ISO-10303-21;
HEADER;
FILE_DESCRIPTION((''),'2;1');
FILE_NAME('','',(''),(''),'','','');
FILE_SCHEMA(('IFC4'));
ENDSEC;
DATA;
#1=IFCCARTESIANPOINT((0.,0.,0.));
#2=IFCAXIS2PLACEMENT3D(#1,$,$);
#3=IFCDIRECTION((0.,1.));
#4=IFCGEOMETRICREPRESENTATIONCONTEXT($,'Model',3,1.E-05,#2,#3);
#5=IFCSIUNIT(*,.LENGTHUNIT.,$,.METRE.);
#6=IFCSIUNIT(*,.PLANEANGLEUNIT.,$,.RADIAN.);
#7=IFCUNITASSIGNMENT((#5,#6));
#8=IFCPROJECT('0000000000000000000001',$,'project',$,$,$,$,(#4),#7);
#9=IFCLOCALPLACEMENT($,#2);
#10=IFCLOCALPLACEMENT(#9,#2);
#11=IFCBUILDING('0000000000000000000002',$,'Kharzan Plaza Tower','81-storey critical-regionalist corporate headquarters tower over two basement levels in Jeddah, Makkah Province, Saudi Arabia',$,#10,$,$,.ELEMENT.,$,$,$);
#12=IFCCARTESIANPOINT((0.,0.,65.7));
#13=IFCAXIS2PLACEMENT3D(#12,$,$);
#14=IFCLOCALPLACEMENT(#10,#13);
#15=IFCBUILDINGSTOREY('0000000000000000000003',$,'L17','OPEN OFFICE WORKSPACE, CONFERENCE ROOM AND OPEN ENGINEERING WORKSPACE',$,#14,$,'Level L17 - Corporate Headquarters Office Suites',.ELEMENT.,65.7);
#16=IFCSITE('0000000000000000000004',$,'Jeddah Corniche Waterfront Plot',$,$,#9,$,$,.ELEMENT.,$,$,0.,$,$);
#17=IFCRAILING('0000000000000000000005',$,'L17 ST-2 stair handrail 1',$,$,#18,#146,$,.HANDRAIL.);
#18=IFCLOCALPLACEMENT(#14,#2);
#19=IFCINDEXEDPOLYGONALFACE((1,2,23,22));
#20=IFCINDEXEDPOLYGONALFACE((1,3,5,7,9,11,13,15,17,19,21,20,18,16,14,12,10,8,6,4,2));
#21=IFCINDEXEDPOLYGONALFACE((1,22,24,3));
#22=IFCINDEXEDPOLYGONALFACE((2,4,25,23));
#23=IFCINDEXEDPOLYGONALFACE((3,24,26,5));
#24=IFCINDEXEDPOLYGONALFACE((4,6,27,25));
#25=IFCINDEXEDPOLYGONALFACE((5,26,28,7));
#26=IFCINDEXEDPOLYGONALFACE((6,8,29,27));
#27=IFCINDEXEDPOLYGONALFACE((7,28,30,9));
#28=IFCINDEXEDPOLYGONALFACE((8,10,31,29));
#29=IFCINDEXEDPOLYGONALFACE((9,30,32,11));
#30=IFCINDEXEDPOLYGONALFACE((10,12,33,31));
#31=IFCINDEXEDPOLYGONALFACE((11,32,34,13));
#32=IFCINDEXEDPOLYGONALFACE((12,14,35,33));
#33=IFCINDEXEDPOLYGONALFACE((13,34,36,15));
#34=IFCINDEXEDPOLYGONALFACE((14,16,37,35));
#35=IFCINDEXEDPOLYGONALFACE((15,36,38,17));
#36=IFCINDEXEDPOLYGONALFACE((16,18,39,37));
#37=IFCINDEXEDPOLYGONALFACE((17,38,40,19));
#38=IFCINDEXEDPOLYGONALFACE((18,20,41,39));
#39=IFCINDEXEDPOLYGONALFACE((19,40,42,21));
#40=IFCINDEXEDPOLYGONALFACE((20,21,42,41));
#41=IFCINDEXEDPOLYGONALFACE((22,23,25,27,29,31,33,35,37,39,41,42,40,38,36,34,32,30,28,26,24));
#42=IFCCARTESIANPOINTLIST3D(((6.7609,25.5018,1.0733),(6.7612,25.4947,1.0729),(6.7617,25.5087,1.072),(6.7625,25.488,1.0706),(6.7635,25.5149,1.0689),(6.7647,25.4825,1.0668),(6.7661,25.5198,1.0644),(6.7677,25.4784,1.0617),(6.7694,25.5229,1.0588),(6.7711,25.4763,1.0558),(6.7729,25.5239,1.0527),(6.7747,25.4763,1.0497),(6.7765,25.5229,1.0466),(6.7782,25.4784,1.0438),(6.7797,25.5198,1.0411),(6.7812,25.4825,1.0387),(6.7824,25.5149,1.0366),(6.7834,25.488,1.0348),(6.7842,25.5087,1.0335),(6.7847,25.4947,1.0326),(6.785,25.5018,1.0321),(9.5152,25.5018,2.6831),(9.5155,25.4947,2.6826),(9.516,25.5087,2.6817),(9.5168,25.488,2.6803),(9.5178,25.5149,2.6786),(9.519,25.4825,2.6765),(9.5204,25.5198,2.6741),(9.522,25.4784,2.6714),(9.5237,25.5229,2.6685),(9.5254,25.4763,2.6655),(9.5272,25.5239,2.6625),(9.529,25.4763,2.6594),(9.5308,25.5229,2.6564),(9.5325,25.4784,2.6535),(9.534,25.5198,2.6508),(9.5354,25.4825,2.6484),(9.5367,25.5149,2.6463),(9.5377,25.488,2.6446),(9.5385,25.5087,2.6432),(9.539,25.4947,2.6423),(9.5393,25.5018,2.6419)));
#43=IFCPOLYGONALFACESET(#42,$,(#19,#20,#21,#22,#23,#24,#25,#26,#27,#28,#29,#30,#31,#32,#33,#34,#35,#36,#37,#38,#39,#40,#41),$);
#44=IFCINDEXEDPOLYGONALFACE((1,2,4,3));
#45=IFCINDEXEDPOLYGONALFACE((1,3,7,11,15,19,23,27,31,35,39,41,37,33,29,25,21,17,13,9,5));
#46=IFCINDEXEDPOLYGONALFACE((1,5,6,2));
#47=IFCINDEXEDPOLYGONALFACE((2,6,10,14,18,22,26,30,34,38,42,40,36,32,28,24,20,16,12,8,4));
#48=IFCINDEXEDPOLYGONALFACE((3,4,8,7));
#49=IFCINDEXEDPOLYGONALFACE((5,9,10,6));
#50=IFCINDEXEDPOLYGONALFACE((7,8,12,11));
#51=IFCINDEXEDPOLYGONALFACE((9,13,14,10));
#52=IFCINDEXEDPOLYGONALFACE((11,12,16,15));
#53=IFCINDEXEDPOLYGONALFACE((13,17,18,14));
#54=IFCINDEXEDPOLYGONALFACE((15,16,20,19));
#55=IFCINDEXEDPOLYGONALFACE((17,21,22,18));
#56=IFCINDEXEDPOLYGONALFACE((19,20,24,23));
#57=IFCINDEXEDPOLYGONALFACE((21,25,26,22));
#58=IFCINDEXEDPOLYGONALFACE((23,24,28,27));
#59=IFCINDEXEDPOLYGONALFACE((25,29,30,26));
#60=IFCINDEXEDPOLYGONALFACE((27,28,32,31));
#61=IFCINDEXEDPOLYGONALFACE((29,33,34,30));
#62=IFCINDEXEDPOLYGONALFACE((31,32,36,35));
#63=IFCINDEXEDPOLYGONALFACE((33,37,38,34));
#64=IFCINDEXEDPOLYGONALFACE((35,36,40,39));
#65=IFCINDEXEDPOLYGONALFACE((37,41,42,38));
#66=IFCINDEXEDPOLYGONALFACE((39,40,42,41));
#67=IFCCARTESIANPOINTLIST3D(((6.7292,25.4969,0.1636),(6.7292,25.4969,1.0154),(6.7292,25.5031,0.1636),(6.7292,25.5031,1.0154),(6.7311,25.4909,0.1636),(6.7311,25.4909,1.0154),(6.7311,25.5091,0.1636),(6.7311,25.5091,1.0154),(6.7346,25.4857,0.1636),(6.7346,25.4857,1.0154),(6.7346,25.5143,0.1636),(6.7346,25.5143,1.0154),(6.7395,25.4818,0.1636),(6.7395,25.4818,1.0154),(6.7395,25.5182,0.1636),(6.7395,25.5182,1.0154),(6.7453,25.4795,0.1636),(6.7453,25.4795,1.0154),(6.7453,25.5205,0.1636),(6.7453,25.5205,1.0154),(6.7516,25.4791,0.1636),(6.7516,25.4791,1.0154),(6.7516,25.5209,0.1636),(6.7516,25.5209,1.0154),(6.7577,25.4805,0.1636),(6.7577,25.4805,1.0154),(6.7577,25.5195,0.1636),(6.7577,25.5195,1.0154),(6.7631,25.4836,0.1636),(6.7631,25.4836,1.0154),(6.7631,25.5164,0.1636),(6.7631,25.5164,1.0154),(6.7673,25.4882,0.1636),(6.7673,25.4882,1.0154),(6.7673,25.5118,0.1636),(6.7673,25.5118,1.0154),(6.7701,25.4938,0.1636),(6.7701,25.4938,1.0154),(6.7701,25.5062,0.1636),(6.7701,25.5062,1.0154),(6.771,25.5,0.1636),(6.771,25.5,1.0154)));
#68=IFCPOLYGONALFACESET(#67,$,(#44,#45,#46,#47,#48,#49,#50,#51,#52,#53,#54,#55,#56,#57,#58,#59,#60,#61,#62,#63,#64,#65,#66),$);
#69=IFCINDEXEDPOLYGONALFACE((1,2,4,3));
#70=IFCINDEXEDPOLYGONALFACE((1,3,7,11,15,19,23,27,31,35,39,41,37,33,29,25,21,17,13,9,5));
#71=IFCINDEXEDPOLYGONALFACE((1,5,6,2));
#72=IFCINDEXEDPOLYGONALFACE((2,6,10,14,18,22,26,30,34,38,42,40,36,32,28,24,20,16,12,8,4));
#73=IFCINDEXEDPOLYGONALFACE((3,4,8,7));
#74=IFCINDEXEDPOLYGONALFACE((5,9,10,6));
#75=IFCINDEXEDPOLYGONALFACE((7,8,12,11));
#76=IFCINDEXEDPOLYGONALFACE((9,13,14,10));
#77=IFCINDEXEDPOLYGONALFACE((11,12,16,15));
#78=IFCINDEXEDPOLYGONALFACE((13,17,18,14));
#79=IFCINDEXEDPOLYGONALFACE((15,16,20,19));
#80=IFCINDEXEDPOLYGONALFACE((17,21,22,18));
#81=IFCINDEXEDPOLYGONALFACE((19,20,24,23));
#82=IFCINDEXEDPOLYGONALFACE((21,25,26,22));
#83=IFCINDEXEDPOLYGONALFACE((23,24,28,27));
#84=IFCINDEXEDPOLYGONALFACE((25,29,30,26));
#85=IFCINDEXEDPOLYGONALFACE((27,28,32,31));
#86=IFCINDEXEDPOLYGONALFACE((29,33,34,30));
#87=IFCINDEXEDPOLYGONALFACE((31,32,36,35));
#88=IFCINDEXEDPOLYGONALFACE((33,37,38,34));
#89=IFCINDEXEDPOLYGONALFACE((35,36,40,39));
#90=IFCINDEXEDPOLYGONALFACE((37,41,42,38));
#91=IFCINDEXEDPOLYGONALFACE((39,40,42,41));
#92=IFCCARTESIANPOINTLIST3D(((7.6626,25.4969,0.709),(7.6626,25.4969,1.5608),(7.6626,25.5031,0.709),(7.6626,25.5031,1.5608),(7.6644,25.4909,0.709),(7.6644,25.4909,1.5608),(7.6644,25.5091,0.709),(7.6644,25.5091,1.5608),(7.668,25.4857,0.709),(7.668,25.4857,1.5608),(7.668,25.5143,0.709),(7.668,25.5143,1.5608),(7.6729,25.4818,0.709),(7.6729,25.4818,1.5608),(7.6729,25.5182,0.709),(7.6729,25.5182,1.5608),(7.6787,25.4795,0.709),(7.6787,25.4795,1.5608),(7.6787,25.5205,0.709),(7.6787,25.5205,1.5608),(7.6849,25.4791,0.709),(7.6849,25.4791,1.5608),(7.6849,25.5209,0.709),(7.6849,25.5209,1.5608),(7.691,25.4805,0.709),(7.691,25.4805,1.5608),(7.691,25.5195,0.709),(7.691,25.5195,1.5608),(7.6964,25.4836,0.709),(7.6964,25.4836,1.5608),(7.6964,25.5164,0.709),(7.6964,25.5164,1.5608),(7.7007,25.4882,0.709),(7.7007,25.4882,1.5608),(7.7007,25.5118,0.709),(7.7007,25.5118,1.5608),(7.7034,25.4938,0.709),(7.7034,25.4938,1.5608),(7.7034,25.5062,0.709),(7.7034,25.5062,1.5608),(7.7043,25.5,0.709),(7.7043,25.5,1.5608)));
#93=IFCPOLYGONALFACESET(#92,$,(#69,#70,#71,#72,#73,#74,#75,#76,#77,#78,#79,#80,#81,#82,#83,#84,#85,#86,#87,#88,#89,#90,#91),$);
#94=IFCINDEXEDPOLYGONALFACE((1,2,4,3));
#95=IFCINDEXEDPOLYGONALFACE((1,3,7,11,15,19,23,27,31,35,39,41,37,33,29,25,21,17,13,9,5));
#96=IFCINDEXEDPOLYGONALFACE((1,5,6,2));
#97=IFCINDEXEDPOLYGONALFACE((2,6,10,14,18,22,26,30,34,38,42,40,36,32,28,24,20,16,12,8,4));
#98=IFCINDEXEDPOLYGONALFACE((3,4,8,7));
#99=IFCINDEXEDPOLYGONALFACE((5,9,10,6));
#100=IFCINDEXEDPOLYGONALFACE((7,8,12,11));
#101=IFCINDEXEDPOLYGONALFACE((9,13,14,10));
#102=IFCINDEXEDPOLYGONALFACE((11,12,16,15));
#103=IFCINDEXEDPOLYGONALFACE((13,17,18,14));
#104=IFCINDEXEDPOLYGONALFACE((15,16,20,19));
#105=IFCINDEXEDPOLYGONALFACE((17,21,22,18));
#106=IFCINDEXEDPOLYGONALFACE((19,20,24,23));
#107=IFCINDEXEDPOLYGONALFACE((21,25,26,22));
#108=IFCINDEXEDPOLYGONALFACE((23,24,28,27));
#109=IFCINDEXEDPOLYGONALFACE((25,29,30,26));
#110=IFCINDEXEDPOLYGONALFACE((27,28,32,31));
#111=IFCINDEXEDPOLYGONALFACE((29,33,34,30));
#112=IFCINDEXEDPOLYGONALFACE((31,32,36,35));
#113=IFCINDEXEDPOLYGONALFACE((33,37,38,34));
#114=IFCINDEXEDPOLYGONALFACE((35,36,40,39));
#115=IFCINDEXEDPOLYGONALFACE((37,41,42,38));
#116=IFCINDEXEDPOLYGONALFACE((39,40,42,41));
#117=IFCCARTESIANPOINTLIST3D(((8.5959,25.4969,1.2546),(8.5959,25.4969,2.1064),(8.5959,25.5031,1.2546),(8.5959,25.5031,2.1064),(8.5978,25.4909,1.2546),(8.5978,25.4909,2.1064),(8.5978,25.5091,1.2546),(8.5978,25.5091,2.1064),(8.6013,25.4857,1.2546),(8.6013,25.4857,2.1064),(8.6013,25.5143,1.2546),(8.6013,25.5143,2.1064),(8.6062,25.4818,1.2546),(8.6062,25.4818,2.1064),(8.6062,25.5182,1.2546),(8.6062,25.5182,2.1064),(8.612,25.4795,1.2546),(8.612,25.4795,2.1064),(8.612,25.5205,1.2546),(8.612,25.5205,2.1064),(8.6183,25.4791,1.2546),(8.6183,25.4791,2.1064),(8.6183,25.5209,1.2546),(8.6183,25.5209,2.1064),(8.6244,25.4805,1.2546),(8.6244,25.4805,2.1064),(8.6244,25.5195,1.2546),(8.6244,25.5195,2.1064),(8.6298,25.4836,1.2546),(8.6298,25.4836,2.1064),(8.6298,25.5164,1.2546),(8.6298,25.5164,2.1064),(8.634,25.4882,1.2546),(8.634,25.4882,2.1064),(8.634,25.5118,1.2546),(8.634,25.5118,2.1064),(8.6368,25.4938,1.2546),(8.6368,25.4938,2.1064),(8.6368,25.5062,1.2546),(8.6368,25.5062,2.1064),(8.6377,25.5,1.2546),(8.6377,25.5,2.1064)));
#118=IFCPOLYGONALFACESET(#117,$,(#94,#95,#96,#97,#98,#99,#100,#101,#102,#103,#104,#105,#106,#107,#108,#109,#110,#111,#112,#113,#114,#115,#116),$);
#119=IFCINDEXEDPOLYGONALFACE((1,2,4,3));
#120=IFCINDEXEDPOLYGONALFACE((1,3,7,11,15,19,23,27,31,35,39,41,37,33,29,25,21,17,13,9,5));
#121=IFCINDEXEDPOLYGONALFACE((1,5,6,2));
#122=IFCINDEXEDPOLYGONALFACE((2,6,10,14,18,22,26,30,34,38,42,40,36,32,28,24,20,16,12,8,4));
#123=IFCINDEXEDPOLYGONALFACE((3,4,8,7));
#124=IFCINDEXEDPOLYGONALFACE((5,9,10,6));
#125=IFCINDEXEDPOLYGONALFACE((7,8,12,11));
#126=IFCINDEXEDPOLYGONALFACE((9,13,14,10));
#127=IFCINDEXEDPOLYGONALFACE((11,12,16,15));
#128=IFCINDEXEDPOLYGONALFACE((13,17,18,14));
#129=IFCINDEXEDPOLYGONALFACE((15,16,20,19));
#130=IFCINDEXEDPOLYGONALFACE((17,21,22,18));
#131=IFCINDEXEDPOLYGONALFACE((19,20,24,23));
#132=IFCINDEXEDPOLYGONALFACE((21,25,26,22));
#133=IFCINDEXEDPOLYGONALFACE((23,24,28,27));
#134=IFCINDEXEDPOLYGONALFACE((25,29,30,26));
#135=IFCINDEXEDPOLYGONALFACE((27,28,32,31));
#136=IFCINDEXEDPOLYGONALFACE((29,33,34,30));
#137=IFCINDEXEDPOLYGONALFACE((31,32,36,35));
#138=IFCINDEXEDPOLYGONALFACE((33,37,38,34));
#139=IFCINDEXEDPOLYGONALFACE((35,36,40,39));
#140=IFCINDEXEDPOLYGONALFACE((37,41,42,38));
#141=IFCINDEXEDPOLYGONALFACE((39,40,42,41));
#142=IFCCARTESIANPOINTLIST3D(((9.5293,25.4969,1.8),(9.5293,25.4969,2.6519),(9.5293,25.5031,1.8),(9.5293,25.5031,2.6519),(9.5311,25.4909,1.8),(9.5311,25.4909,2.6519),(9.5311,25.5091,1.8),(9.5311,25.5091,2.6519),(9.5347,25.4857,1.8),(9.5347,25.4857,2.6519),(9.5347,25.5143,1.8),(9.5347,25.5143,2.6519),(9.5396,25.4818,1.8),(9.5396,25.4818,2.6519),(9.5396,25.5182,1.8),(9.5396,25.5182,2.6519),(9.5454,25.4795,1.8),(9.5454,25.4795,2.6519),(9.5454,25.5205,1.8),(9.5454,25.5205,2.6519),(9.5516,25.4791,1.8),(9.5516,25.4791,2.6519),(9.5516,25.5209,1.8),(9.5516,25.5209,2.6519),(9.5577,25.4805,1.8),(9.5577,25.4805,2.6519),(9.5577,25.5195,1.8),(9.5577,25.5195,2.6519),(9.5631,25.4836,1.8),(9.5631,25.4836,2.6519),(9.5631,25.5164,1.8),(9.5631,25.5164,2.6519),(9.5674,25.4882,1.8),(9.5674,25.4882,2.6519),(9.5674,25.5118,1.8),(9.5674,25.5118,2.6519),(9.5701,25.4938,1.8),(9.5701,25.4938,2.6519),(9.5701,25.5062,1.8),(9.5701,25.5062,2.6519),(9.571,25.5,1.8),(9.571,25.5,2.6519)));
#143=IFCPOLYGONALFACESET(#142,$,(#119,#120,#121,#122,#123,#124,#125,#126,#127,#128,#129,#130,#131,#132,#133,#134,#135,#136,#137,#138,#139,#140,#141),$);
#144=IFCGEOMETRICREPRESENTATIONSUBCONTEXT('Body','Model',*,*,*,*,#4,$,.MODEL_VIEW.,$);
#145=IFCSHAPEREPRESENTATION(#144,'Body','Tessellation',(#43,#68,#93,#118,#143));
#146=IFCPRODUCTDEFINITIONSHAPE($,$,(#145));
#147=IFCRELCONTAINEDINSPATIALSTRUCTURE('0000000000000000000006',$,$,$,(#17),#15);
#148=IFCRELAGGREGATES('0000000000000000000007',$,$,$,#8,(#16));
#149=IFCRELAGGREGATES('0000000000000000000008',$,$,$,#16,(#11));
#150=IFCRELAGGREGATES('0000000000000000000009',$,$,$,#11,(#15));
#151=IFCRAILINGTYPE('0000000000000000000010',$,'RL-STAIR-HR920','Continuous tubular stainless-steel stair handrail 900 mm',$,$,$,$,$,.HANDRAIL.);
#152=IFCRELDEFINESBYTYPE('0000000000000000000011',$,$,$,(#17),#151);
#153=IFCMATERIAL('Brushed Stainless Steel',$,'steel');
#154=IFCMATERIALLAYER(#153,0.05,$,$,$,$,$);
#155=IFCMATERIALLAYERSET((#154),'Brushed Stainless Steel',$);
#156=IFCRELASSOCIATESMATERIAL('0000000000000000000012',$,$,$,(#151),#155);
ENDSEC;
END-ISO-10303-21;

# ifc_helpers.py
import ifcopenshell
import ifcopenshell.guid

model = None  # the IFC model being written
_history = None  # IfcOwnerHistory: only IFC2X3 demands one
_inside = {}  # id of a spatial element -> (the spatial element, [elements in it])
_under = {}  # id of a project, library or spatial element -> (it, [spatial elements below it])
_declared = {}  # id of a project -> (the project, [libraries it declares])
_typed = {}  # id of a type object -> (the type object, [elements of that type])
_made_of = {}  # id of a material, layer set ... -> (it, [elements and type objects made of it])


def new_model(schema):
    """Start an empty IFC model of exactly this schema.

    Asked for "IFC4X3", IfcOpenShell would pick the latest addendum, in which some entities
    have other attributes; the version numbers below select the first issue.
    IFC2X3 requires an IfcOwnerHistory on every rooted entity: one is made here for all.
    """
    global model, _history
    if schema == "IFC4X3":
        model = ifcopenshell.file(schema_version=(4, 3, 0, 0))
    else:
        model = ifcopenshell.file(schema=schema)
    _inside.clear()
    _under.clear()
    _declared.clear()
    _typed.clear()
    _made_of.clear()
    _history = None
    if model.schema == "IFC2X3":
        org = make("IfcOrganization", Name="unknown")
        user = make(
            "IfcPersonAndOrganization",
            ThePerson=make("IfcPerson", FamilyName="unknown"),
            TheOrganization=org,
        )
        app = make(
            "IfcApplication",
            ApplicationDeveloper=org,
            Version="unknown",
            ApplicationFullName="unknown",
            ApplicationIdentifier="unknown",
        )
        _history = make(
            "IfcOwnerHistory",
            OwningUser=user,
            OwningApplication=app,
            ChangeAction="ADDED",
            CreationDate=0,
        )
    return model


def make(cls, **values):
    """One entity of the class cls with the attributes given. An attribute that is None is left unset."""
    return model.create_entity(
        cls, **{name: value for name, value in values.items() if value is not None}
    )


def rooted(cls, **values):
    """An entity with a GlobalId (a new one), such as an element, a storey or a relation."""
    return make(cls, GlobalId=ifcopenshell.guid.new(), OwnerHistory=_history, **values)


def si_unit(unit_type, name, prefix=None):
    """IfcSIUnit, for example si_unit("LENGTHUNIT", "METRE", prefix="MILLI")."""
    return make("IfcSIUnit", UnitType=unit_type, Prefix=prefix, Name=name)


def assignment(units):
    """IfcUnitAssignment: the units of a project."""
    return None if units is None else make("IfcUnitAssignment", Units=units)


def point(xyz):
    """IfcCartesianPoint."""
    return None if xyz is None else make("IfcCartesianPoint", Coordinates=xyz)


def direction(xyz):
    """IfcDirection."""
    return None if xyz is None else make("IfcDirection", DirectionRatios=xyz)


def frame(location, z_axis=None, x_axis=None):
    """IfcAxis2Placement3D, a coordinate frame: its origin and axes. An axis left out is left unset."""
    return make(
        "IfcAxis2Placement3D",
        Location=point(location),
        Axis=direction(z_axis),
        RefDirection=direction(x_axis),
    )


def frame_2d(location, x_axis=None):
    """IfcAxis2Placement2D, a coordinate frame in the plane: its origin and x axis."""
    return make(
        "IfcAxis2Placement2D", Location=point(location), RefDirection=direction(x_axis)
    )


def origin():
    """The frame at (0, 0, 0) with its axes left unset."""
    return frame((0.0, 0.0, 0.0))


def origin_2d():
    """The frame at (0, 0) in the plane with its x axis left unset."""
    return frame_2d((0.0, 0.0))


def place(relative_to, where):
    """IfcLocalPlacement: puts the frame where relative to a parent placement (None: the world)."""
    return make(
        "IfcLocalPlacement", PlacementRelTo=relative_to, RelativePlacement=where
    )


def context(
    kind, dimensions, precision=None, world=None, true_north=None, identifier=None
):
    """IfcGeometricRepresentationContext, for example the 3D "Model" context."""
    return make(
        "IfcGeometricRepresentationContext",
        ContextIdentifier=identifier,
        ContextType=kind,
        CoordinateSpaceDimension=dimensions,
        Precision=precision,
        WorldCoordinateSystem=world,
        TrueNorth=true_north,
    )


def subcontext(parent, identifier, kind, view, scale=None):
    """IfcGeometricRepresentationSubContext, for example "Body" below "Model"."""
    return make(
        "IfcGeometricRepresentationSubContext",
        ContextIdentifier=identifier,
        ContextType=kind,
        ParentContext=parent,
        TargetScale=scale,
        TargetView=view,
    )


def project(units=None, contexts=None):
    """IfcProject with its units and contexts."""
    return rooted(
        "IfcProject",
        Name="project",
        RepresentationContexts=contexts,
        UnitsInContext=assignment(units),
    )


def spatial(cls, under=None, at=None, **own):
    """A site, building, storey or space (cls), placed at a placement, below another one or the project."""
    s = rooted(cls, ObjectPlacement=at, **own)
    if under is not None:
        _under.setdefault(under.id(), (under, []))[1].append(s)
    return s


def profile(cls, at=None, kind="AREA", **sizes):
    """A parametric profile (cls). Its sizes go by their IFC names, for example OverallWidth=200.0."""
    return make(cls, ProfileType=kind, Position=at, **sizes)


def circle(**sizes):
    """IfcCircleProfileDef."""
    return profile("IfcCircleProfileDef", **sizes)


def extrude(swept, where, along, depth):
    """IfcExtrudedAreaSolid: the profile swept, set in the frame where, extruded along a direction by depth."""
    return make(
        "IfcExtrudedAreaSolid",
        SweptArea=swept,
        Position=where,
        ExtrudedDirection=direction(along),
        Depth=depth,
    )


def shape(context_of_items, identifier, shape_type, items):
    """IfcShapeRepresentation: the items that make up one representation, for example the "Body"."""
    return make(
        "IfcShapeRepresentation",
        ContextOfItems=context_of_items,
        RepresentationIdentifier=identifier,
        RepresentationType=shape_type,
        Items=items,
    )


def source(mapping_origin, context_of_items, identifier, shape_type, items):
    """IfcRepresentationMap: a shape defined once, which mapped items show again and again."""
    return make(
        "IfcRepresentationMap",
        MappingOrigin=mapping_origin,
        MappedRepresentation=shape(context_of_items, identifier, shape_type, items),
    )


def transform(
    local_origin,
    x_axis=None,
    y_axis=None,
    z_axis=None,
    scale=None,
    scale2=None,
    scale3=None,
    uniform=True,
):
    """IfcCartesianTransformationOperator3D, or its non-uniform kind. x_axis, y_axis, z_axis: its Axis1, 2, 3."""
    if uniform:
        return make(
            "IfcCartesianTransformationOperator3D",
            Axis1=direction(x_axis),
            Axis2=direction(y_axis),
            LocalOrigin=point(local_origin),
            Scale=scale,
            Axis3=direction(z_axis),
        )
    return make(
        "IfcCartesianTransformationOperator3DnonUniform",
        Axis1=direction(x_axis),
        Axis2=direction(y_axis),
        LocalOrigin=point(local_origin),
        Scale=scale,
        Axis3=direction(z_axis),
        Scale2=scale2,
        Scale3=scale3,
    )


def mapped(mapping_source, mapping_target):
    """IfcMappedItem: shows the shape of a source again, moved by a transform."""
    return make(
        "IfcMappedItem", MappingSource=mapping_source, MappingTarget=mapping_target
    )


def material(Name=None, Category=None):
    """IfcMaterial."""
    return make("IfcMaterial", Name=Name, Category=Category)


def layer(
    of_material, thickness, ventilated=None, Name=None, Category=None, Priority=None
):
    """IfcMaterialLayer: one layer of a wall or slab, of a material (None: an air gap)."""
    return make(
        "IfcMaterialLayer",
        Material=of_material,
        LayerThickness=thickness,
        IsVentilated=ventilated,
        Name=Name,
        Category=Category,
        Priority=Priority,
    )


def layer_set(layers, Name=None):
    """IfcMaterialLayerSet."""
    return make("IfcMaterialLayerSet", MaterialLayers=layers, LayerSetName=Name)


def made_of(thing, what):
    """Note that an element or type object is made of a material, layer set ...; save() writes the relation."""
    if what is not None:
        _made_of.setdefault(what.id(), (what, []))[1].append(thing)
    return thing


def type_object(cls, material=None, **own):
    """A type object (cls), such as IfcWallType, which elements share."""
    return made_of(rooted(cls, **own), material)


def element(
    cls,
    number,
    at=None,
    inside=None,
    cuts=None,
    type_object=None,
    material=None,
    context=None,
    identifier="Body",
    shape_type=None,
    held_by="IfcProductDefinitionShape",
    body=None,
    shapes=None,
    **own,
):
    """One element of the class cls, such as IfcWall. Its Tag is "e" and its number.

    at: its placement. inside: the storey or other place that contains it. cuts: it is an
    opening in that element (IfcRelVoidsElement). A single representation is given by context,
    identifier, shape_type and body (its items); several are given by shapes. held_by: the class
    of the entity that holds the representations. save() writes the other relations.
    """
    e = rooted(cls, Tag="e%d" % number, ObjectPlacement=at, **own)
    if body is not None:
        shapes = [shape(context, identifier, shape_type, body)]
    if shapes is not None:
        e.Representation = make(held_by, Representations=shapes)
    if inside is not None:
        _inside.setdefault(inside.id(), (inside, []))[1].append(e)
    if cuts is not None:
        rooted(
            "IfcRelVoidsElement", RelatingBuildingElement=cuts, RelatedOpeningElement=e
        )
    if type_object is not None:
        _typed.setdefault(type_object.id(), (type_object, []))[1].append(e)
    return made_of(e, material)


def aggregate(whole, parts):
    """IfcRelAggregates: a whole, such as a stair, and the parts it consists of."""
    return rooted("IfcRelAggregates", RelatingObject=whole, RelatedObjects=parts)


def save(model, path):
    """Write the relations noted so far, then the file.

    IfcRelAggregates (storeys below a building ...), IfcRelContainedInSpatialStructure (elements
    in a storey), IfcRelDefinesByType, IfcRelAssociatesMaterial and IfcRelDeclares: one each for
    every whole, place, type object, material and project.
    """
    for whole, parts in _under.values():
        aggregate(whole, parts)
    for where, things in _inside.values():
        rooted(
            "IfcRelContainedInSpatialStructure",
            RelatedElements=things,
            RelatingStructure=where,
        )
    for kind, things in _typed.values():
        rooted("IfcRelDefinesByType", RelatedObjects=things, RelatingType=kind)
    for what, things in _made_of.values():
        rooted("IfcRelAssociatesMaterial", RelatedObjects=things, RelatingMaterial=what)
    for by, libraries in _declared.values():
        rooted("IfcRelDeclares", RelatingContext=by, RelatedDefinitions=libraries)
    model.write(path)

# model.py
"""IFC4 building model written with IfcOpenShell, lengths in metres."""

from ifc_helpers import new_model, si_unit, direction, frame, origin, origin_2d, place, context, subcontext, project, spatial, circle, extrude, source, transform, mapped, material, layer, layer_set, type_object, element, save


model = new_model("IFC4")

# Units and contexts
model_context = context("Model", 3, precision=1e-05, world=origin(), true_north=direction((0.0, 1.0)))
body_context = subcontext(model_context, "Body", "Model", "MODEL_VIEW")
ifc_project = project(units=[si_unit("LENGTHUNIT", "METRE"), si_unit("PLANEANGLEUNIT", "RADIAN")], contexts=[model_context])

# Site, building, storey
site_placement = place(None, origin())
site = spatial("IfcSite", under=ifc_project, at=site_placement, Name="Jeddah Corniche Waterfront Plot", CompositionType="ELEMENT", RefElevation=0.0)
building_placement = place(site_placement, origin())
building = spatial("IfcBuilding", under=site, at=building_placement, Name="Kharzan Plaza Tower", Description="81-storey critical-regionalist corporate headquarters tower over two basement levels in Jeddah, Makkah Province, Saudi Arabia", CompositionType="ELEMENT")
storey_placement = place(building_placement, frame((0.0, 0.0, 65.7)))
storey = spatial("IfcBuildingStorey", under=building, at=storey_placement, Name="L17", Description="OPEN OFFICE WORKSPACE, CONFERENCE ROOM AND OPEN ENGINEERING WORKSPACE", LongName="Level L17 - Corporate Headquarters Office Suites", CompositionType="ELEMENT", Elevation=65.7)

# Railing
ifc_material_1 = material(Name="Brushed Stainless Steel", Category="steel")
ifc_layer_1 = layer(ifc_material_1, 0.05)
ifc_layer_set_1 = layer_set([ifc_layer_1], Name="Brushed Stainless Steel")
railing_type_1 = type_object("IfcRailingType", Name="RL-STAIR-HR920", Description="Continuous tubular stainless-steel stair handrail 900 mm", PredefinedType="HANDRAIL", material=ifc_layer_set_1)
shared_shape_1 = source(origin(), body_context, "Body", "SweptSolid", [
    extrude(circle(Radius=0.0239, at=origin_2d()), frame((0.0229, 0.0, 0.8892), z_axis=(0.863361, 0.0, 0.504587), x_axis=(0.0, 1.0, 0.0)), (0.0, 0.0, 1.0), 3.1902),
    extrude(circle(Radius=0.021, at=origin_2d()), origin(), (0.0, 0.0, 1.0), 0.8518),
    extrude(circle(Radius=0.021, at=origin_2d()), frame((0.9333, 0.0, 0.5454)), (0.0, 0.0, 1.0), 0.8518),
    extrude(circle(Radius=0.021, at=origin_2d()), frame((1.8667, 0.0, 1.0911)), (0.0, 0.0, 1.0), 0.8518),
    extrude(circle(Radius=0.021, at=origin_2d()), frame((2.8, 0.0, 1.6365)), (0.0, 0.0, 1.0), 0.8518),
])
railing_1_placement = place(storey_placement, frame((6.75, 25.5, 0.1636)))
element("IfcRailing", 1, at=railing_1_placement, inside=storey, type_object=railing_type_1, Name="L17 ST-2 stair handrail 1", PredefinedType="HANDRAIL", context=body_context, shape_type="MappedRepresentation", body=[
    mapped(shared_shape_1, transform((0.0, 0.0, 0.0), x_axis=(1.0, 0.0, 0.0), y_axis=(0.0, 1.0, 0.0), z_axis=(0.0, 0.0, 1.0))),
])

save(model, "model.ifc")
